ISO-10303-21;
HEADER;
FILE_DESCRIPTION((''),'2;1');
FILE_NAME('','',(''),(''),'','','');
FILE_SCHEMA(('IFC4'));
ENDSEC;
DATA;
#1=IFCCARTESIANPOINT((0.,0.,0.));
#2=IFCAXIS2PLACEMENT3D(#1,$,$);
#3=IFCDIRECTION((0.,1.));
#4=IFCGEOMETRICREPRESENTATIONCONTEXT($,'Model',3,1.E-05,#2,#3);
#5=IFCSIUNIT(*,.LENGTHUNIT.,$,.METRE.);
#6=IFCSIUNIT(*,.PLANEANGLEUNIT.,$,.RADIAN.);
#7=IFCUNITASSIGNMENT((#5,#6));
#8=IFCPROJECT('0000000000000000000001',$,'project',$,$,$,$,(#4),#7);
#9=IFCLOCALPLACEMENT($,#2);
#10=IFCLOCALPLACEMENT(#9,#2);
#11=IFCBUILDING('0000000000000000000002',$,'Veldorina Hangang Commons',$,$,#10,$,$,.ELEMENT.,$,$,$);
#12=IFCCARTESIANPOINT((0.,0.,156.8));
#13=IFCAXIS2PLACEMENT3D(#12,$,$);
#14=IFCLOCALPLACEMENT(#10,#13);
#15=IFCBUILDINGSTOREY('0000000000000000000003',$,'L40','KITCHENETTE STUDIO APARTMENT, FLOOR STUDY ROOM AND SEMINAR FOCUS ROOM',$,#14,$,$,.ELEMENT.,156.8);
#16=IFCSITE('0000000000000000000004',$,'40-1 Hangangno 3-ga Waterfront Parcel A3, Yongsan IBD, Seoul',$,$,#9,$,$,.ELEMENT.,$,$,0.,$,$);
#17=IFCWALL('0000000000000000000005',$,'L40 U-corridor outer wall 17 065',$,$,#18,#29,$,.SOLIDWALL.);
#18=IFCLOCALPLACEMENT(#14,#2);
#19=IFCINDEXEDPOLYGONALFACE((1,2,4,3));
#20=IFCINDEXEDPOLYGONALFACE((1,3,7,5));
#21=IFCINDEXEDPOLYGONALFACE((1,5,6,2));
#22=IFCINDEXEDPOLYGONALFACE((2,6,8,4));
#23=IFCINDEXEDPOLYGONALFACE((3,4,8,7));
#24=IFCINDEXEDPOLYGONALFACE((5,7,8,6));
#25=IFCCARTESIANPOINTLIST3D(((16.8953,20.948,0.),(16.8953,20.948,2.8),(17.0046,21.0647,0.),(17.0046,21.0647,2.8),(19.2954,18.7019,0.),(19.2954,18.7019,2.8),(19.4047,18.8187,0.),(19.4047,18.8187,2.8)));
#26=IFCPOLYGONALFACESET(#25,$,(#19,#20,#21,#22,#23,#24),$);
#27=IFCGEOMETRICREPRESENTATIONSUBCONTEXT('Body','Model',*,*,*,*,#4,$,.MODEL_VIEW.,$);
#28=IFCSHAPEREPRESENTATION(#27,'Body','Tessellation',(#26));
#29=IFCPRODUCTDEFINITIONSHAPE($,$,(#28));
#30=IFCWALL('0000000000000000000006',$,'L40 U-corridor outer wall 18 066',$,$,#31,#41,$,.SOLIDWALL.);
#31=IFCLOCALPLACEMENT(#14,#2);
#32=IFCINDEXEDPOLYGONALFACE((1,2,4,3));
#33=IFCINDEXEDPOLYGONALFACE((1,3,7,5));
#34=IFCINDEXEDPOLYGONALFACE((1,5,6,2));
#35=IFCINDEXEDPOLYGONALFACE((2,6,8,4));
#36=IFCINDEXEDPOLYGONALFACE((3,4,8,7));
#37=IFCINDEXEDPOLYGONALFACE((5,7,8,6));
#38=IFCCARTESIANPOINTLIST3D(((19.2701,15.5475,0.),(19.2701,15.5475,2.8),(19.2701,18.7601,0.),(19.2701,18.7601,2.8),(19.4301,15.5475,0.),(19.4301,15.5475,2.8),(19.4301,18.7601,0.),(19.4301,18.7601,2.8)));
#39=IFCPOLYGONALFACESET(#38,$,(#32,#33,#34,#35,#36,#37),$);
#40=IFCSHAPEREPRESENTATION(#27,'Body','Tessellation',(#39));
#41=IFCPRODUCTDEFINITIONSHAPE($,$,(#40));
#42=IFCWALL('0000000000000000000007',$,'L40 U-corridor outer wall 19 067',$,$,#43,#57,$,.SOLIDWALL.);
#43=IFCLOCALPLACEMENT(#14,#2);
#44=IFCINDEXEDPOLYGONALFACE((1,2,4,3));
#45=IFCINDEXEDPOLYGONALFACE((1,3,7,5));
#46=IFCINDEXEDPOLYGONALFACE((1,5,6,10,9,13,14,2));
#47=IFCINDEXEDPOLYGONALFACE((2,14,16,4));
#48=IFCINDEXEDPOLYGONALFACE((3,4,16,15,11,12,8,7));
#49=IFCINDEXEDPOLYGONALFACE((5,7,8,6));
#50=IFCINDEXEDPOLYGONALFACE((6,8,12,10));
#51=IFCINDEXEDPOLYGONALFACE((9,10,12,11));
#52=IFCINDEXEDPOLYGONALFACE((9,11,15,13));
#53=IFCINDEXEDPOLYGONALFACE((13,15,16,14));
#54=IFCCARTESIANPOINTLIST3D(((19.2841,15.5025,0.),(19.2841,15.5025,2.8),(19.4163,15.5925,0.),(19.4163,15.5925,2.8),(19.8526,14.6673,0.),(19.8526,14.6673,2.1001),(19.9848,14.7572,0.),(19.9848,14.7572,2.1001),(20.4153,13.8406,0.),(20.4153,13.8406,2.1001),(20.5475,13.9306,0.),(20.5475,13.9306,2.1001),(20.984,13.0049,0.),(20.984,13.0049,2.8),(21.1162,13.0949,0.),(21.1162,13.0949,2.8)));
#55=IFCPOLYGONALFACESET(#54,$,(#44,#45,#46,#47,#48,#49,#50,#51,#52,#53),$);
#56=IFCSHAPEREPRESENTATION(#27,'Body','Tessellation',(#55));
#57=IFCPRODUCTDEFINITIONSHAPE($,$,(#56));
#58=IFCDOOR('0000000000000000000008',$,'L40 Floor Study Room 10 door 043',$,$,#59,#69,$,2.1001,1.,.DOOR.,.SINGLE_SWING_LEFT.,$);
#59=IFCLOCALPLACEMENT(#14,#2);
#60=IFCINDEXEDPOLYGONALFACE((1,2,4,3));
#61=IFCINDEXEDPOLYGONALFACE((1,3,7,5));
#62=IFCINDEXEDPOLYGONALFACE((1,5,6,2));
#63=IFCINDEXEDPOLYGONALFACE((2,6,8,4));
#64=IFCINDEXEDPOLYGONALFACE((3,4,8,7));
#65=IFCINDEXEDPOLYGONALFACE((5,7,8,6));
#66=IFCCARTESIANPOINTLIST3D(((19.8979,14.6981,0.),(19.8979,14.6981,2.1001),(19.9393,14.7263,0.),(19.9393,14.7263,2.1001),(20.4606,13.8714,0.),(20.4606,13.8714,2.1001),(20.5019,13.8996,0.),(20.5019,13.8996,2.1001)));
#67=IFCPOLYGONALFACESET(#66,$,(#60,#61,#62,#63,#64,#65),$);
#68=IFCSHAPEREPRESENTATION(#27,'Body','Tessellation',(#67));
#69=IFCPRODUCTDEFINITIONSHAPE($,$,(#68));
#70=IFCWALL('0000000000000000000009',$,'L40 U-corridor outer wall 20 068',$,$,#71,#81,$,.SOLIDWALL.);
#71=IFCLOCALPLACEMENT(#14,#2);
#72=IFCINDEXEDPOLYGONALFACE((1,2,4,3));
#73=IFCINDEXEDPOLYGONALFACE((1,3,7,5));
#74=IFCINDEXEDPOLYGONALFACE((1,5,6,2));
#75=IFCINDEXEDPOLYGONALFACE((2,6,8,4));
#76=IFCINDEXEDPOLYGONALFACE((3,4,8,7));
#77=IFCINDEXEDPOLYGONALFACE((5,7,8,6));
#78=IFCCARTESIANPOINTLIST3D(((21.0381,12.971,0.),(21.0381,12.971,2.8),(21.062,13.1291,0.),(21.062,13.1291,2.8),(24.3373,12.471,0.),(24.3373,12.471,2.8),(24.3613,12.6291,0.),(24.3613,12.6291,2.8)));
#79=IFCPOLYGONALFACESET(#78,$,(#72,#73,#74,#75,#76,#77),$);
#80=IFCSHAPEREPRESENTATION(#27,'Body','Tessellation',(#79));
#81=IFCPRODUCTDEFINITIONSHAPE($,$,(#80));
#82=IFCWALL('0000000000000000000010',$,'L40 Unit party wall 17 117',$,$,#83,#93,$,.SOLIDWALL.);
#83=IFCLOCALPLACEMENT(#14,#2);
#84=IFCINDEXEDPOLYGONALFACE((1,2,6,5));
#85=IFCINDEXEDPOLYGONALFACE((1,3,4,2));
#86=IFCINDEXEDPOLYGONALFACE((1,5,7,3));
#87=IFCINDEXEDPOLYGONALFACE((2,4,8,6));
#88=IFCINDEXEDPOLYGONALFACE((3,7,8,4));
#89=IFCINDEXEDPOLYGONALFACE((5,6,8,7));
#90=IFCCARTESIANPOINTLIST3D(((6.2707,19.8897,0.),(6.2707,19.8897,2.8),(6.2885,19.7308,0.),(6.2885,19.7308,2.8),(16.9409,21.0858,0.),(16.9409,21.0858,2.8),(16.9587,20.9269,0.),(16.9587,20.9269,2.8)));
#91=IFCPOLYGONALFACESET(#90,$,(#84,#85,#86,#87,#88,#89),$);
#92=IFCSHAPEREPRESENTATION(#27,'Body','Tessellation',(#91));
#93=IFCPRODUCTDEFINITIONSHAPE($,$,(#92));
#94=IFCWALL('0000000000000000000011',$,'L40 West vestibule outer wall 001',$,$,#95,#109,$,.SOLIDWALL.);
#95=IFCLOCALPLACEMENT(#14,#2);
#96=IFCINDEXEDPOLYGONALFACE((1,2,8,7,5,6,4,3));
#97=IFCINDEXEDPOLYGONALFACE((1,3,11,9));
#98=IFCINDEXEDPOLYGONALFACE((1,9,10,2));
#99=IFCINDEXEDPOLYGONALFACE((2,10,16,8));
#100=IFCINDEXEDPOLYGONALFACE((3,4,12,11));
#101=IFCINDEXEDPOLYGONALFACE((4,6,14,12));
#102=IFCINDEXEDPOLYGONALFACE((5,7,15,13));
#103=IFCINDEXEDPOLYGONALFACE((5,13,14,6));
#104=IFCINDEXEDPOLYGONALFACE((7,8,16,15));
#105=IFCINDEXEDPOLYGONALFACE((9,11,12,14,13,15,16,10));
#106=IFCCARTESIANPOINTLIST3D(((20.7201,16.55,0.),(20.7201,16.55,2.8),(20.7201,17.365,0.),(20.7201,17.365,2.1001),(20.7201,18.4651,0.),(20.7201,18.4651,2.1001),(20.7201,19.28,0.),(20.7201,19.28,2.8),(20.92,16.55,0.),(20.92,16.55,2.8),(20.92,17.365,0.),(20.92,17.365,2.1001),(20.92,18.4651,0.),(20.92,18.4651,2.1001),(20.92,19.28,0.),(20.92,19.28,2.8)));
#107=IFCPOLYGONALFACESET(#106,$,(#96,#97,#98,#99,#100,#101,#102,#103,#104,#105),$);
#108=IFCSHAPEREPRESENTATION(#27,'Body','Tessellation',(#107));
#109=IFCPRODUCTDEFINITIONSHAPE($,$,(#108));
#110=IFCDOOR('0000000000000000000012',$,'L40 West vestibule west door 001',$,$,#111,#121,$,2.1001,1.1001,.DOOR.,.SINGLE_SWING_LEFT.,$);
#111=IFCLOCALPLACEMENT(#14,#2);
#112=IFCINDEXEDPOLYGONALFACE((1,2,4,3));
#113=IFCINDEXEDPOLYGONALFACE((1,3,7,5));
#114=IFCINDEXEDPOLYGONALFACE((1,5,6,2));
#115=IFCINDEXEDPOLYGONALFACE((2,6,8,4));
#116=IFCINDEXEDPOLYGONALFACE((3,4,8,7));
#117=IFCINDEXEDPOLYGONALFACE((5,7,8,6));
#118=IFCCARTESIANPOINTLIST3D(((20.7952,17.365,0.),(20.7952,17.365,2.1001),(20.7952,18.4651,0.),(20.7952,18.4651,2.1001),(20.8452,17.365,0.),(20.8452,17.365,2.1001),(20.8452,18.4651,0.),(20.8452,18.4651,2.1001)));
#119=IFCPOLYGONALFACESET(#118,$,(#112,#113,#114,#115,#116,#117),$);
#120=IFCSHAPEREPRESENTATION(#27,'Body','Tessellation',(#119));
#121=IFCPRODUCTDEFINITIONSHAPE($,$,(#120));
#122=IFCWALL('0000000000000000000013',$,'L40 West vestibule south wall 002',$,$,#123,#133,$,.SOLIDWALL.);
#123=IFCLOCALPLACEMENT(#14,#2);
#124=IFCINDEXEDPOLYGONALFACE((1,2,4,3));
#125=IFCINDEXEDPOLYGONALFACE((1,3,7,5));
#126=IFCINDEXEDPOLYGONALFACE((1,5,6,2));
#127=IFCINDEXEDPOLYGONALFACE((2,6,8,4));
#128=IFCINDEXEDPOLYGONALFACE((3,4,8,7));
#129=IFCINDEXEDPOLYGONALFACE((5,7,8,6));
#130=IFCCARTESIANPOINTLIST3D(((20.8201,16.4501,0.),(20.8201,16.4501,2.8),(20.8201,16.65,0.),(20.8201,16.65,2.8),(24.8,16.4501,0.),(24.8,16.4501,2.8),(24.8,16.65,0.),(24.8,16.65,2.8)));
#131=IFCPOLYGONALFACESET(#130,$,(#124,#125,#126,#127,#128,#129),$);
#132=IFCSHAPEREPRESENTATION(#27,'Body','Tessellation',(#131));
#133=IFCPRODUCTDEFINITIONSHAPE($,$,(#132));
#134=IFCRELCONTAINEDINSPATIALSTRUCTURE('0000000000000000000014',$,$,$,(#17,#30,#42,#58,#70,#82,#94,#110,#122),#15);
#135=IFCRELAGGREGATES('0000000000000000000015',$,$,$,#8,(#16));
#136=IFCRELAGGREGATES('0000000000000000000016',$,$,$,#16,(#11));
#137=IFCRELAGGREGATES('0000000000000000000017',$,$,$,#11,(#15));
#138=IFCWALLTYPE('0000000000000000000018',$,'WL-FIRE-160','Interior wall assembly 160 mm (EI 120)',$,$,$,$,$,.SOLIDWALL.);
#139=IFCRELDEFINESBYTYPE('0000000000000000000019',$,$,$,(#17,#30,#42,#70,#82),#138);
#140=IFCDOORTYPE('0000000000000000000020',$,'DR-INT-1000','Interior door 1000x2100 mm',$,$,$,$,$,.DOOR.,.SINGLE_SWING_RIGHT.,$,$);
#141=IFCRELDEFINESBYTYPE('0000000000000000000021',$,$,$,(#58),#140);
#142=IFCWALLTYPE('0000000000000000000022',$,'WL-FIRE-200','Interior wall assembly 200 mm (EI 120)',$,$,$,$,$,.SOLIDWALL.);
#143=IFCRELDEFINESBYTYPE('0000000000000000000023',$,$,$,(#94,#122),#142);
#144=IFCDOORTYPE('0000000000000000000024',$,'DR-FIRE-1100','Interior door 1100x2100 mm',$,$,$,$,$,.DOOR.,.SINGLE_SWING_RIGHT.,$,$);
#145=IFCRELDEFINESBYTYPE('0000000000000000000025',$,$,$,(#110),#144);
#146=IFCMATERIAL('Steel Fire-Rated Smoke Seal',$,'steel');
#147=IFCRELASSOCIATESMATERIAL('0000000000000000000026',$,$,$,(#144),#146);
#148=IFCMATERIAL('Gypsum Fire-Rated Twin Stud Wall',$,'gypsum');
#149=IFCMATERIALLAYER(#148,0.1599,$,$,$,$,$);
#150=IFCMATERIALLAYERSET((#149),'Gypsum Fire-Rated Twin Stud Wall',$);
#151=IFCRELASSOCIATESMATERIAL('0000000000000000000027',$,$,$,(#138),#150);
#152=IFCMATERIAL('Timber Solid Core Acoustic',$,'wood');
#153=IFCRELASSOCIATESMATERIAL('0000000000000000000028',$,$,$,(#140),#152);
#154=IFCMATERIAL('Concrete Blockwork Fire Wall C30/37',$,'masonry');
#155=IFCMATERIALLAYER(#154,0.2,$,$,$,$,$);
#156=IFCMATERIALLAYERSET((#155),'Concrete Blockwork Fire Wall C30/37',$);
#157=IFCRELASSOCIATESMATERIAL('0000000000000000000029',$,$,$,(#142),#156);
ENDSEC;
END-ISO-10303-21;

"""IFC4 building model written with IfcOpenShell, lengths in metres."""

from ifc_helpers import new_model, si_unit, direction, frame, frame_2d, origin, place, context, subcontext, project, spatial, rectangle, extrude, material, layer, layer_set, type_object, element, fill, save


model = new_model("IFC4")

# Units and contexts
model_context = context("Model", 3, precision=1e-05, world=origin(), true_north=direction((0.0, 1.0)))
body_context = subcontext(model_context, "Body", "Model", "MODEL_VIEW")
ifc_project = project(units=[si_unit("LENGTHUNIT", "METRE"), si_unit("PLANEANGLEUNIT", "RADIAN")], contexts=[model_context])

# Site, building, storey
site_placement = place(None, origin())
site = spatial("IfcSite", under=ifc_project, at=site_placement, Name="40-1 Hangangno 3-ga Waterfront Parcel A3, Yongsan IBD, Seoul", CompositionType="ELEMENT", RefElevation=0.0)
building_placement = place(site_placement, origin())
building = spatial("IfcBuilding", under=site, at=building_placement, Name="Veldorina Hangang Commons", CompositionType="ELEMENT")
storey_placement = place(building_placement, frame((0.0, 0.0, 156.8)))
storey = spatial("IfcBuildingStorey", under=building, at=storey_placement, Name="L40", Description="KITCHENETTE STUDIO APARTMENT, FLOOR STUDY ROOM AND SEMINAR FOCUS ROOM", CompositionType="ELEMENT", Elevation=156.8)

# Shared definitions
ifc_material_1 = material(Name="Steel Fire-Rated Smoke Seal", Category="steel")
door_type_1 = type_object("IfcDoorType", Name="DR-FIRE-1100", Description="Interior door 1100x2100 mm", OperationType="SINGLE_SWING_RIGHT", PredefinedType="DOOR", material=ifc_material_1)

# Walls
ifc_material_2 = material(Name="Gypsum Fire-Rated Twin Stud Wall", Category="gypsum")
ifc_layer_1 = layer(ifc_material_2, 0.1599)
ifc_layer_set_1 = layer_set([ifc_layer_1], Name="Gypsum Fire-Rated Twin Stud Wall")
wall_type_1 = type_object("IfcWallType", Name="WL-FIRE-160", Description="Interior wall assembly 160 mm (EI 120)", PredefinedType="SOLIDWALL", material=ifc_layer_set_1)
wall_1_placement = place(storey_placement, frame((16.95, 21.0063, 0.0), z_axis=(0.0, 0.0, 1.0), x_axis=(0.730151, -0.683286, 0.0)))
element("IfcWall", 1, at=wall_1_placement, inside=storey, type_object=wall_type_1, Name="L40 U-corridor outer wall 17 065", PredefinedType="SOLIDWALL", context=body_context, shape_type="SweptSolid", body=[
    extrude(rectangle(XDim=3.2871, YDim=0.1599, at=frame_2d((1.6436, 0.0))), origin(), (0.0, 0.0, 1.0), 2.8),
])
wall_2_placement = place(storey_placement, frame((19.3501, 18.7603, 0.0), z_axis=(0.0, 0.0, 1.0), x_axis=(0.0, -1.0, 0.0)))
element("IfcWall", 2, at=wall_2_placement, inside=storey, type_object=wall_type_1, Name="L40 U-corridor outer wall 18 066", PredefinedType="SOLIDWALL", context=body_context, shape_type="SweptSolid", body=[
    extrude(rectangle(XDim=3.2126, YDim=0.1599, at=frame_2d((1.6064, 0.0))), origin(), (0.0, 0.0, 1.0), 2.8),
])

# Wall, opening, door
wall_3_placement = place(storey_placement, frame((19.3501, 15.5476, 0.0), z_axis=(0.0, 0.0, 1.0), x_axis=(0.562675, -0.826678, 0.0)))
wall_3 = element("IfcWall", 3, at=wall_3_placement, inside=storey, type_object=wall_type_1, Name="L40 U-corridor outer wall 19 067", PredefinedType="SOLIDWALL", context=body_context, shape_type="SweptSolid", body=[
    extrude(rectangle(XDim=3.0212, YDim=0.1599, at=frame_2d((1.5107, 0.0))), origin(), (0.0, 0.0, 1.0), 2.8),
])
opening_1_placement = place(wall_3_placement, frame((1.0105, 0.0, 0.0)))
opening_1 = element("IfcOpeningElement", 4, at=opening_1_placement, cuts=wall_3, PredefinedType="OPENING", context=body_context, shape_type="SweptSolid", body=[
    extrude(rectangle(XDim=1.0, YDim=2.1001, at=frame_2d((0.5, 1.05))), frame((0.0, 0.0898, 0.0), z_axis=(0.0, -1.0, 0.0), x_axis=(1.0, 0.0, 0.0)), (0.0, 0.0, 1.0), 0.1799),
])
ifc_material_3 = material(Name="Timber Solid Core Acoustic", Category="wood")
door_type_2 = type_object("IfcDoorType", Name="DR-INT-1000", Description="Interior door 1000x2100 mm", OperationType="SINGLE_SWING_RIGHT", PredefinedType="DOOR", material=ifc_material_3)
door_1_placement = place(opening_1_placement, origin())
door_1 = element("IfcDoor", 5, at=door_1_placement, inside=storey, type_object=door_type_2, Name="L40 Floor Study Room 10 door 043", OperationType="SINGLE_SWING_LEFT", OverallHeight=2.1001, OverallWidth=1.0, PredefinedType="DOOR", context=body_context, shape_type="SweptSolid", body=[
    extrude(rectangle(XDim=1.0, YDim=2.1001, at=frame_2d((0.5, 1.05))), frame((0.0, 0.0249, 0.0), z_axis=(0.0, -1.0, 0.0), x_axis=(1.0, 0.0, 0.0)), (0.0, 0.0, 1.0), 0.05),
])
fill(opening_1, door_1)

# Walls
wall_4_placement = place(storey_placement, frame((21.05, 13.05, 0.0), z_axis=(0.0, 0.0, 1.0), x_axis=(0.988711, -0.149836, 0.0)))
element("IfcWall", 6, at=wall_4_placement, inside=storey, type_object=wall_type_1, Name="L40 U-corridor outer wall 20 068", PredefinedType="SOLIDWALL", context=body_context, shape_type="SweptSolid", body=[
    extrude(rectangle(XDim=3.3369, YDim=0.1599, at=frame_2d((1.6685, 0.0))), origin(), (0.0, 0.0, 1.0), 2.8),
])
wall_5_placement = place(storey_placement, frame((16.95, 21.0063, 0.0), z_axis=(0.0, 0.0, 1.0), x_axis=(-0.993776, -0.111395, 0.0)))
element("IfcWall", 7, at=wall_5_placement, inside=storey, type_object=wall_type_1, Name="L40 Unit party wall 17 117", PredefinedType="SOLIDWALL", context=body_context, shape_type="SweptSolid", body=[
    extrude(rectangle(XDim=10.7371, YDim=0.1599, at=frame_2d((5.3687, 0.0))), origin(), (0.0, 0.0, 1.0), 2.8),
])

# Wall, opening, door
ifc_material_4 = material(Name="Concrete Blockwork Fire Wall C30/37", Category="masonry")
ifc_layer_2 = layer(ifc_material_4, 0.2)
ifc_layer_set_2 = layer_set([ifc_layer_2], Name="Concrete Blockwork Fire Wall C30/37")
wall_type_2 = type_object("IfcWallType", Name="WL-FIRE-200", Description="Interior wall assembly 200 mm (EI 120)", PredefinedType="SOLIDWALL", material=ifc_layer_set_2)
wall_6_placement = place(storey_placement, frame((20.8201, 16.55, 0.0), z_axis=(0.0, 0.0, 1.0), x_axis=(0.0, 1.0, 0.0)))
wall_6 = element("IfcWall", 8, at=wall_6_placement, inside=storey, type_object=wall_type_2, Name="L40 West vestibule outer wall 001", PredefinedType="SOLIDWALL", context=body_context, shape_type="SweptSolid", body=[
    extrude(rectangle(XDim=2.73, YDim=0.2, at=frame_2d((1.365, 0.0))), origin(), (0.0, 0.0, 1.0), 2.8),
])
opening_2_placement = place(wall_6_placement, frame((0.8149, 0.0, 0.0)))
opening_2 = element("IfcOpeningElement", 9, at=opening_2_placement, cuts=wall_6, PredefinedType="OPENING", context=body_context, shape_type="SweptSolid", body=[
    extrude(rectangle(XDim=1.1001, YDim=2.1001, at=frame_2d((0.55, 1.05))), frame((0.0, 0.1099, 0.0), z_axis=(0.0, -1.0, 0.0), x_axis=(1.0, 0.0, 0.0)), (0.0, 0.0, 1.0), 0.22),
])
door_2_placement = place(opening_2_placement, origin())
door_2 = element("IfcDoor", 10, at=door_2_placement, inside=storey, type_object=door_type_1, Name="L40 West vestibule west door 001", OperationType="SINGLE_SWING_LEFT", OverallHeight=2.1001, OverallWidth=1.1001, PredefinedType="DOOR", context=body_context, shape_type="SweptSolid", body=[
    extrude(rectangle(XDim=1.1001, YDim=2.1001, at=frame_2d((0.55, 1.05))), frame((0.0, 0.0249, 0.0), z_axis=(0.0, -1.0, 0.0), x_axis=(1.0, 0.0, 0.0)), (0.0, 0.0, 1.0), 0.05),
])
fill(opening_2, door_2)

# Wall
wall_7_placement = place(storey_placement, frame((20.8201, 16.55, 0.0), z_axis=(0.0, 0.0, 1.0), x_axis=(1.0, 0.0, 0.0)))
element("IfcWall", 11, at=wall_7_placement, inside=storey, type_object=wall_type_2, Name="L40 West vestibule south wall 002", PredefinedType="SOLIDWALL", context=body_context, shape_type="SweptSolid", body=[
    extrude(rectangle(XDim=3.98, YDim=0.2, at=frame_2d((1.99, 0.0))), origin(), (0.0, 0.0, 1.0), 2.8),
])

save(model, "model.ifc")
